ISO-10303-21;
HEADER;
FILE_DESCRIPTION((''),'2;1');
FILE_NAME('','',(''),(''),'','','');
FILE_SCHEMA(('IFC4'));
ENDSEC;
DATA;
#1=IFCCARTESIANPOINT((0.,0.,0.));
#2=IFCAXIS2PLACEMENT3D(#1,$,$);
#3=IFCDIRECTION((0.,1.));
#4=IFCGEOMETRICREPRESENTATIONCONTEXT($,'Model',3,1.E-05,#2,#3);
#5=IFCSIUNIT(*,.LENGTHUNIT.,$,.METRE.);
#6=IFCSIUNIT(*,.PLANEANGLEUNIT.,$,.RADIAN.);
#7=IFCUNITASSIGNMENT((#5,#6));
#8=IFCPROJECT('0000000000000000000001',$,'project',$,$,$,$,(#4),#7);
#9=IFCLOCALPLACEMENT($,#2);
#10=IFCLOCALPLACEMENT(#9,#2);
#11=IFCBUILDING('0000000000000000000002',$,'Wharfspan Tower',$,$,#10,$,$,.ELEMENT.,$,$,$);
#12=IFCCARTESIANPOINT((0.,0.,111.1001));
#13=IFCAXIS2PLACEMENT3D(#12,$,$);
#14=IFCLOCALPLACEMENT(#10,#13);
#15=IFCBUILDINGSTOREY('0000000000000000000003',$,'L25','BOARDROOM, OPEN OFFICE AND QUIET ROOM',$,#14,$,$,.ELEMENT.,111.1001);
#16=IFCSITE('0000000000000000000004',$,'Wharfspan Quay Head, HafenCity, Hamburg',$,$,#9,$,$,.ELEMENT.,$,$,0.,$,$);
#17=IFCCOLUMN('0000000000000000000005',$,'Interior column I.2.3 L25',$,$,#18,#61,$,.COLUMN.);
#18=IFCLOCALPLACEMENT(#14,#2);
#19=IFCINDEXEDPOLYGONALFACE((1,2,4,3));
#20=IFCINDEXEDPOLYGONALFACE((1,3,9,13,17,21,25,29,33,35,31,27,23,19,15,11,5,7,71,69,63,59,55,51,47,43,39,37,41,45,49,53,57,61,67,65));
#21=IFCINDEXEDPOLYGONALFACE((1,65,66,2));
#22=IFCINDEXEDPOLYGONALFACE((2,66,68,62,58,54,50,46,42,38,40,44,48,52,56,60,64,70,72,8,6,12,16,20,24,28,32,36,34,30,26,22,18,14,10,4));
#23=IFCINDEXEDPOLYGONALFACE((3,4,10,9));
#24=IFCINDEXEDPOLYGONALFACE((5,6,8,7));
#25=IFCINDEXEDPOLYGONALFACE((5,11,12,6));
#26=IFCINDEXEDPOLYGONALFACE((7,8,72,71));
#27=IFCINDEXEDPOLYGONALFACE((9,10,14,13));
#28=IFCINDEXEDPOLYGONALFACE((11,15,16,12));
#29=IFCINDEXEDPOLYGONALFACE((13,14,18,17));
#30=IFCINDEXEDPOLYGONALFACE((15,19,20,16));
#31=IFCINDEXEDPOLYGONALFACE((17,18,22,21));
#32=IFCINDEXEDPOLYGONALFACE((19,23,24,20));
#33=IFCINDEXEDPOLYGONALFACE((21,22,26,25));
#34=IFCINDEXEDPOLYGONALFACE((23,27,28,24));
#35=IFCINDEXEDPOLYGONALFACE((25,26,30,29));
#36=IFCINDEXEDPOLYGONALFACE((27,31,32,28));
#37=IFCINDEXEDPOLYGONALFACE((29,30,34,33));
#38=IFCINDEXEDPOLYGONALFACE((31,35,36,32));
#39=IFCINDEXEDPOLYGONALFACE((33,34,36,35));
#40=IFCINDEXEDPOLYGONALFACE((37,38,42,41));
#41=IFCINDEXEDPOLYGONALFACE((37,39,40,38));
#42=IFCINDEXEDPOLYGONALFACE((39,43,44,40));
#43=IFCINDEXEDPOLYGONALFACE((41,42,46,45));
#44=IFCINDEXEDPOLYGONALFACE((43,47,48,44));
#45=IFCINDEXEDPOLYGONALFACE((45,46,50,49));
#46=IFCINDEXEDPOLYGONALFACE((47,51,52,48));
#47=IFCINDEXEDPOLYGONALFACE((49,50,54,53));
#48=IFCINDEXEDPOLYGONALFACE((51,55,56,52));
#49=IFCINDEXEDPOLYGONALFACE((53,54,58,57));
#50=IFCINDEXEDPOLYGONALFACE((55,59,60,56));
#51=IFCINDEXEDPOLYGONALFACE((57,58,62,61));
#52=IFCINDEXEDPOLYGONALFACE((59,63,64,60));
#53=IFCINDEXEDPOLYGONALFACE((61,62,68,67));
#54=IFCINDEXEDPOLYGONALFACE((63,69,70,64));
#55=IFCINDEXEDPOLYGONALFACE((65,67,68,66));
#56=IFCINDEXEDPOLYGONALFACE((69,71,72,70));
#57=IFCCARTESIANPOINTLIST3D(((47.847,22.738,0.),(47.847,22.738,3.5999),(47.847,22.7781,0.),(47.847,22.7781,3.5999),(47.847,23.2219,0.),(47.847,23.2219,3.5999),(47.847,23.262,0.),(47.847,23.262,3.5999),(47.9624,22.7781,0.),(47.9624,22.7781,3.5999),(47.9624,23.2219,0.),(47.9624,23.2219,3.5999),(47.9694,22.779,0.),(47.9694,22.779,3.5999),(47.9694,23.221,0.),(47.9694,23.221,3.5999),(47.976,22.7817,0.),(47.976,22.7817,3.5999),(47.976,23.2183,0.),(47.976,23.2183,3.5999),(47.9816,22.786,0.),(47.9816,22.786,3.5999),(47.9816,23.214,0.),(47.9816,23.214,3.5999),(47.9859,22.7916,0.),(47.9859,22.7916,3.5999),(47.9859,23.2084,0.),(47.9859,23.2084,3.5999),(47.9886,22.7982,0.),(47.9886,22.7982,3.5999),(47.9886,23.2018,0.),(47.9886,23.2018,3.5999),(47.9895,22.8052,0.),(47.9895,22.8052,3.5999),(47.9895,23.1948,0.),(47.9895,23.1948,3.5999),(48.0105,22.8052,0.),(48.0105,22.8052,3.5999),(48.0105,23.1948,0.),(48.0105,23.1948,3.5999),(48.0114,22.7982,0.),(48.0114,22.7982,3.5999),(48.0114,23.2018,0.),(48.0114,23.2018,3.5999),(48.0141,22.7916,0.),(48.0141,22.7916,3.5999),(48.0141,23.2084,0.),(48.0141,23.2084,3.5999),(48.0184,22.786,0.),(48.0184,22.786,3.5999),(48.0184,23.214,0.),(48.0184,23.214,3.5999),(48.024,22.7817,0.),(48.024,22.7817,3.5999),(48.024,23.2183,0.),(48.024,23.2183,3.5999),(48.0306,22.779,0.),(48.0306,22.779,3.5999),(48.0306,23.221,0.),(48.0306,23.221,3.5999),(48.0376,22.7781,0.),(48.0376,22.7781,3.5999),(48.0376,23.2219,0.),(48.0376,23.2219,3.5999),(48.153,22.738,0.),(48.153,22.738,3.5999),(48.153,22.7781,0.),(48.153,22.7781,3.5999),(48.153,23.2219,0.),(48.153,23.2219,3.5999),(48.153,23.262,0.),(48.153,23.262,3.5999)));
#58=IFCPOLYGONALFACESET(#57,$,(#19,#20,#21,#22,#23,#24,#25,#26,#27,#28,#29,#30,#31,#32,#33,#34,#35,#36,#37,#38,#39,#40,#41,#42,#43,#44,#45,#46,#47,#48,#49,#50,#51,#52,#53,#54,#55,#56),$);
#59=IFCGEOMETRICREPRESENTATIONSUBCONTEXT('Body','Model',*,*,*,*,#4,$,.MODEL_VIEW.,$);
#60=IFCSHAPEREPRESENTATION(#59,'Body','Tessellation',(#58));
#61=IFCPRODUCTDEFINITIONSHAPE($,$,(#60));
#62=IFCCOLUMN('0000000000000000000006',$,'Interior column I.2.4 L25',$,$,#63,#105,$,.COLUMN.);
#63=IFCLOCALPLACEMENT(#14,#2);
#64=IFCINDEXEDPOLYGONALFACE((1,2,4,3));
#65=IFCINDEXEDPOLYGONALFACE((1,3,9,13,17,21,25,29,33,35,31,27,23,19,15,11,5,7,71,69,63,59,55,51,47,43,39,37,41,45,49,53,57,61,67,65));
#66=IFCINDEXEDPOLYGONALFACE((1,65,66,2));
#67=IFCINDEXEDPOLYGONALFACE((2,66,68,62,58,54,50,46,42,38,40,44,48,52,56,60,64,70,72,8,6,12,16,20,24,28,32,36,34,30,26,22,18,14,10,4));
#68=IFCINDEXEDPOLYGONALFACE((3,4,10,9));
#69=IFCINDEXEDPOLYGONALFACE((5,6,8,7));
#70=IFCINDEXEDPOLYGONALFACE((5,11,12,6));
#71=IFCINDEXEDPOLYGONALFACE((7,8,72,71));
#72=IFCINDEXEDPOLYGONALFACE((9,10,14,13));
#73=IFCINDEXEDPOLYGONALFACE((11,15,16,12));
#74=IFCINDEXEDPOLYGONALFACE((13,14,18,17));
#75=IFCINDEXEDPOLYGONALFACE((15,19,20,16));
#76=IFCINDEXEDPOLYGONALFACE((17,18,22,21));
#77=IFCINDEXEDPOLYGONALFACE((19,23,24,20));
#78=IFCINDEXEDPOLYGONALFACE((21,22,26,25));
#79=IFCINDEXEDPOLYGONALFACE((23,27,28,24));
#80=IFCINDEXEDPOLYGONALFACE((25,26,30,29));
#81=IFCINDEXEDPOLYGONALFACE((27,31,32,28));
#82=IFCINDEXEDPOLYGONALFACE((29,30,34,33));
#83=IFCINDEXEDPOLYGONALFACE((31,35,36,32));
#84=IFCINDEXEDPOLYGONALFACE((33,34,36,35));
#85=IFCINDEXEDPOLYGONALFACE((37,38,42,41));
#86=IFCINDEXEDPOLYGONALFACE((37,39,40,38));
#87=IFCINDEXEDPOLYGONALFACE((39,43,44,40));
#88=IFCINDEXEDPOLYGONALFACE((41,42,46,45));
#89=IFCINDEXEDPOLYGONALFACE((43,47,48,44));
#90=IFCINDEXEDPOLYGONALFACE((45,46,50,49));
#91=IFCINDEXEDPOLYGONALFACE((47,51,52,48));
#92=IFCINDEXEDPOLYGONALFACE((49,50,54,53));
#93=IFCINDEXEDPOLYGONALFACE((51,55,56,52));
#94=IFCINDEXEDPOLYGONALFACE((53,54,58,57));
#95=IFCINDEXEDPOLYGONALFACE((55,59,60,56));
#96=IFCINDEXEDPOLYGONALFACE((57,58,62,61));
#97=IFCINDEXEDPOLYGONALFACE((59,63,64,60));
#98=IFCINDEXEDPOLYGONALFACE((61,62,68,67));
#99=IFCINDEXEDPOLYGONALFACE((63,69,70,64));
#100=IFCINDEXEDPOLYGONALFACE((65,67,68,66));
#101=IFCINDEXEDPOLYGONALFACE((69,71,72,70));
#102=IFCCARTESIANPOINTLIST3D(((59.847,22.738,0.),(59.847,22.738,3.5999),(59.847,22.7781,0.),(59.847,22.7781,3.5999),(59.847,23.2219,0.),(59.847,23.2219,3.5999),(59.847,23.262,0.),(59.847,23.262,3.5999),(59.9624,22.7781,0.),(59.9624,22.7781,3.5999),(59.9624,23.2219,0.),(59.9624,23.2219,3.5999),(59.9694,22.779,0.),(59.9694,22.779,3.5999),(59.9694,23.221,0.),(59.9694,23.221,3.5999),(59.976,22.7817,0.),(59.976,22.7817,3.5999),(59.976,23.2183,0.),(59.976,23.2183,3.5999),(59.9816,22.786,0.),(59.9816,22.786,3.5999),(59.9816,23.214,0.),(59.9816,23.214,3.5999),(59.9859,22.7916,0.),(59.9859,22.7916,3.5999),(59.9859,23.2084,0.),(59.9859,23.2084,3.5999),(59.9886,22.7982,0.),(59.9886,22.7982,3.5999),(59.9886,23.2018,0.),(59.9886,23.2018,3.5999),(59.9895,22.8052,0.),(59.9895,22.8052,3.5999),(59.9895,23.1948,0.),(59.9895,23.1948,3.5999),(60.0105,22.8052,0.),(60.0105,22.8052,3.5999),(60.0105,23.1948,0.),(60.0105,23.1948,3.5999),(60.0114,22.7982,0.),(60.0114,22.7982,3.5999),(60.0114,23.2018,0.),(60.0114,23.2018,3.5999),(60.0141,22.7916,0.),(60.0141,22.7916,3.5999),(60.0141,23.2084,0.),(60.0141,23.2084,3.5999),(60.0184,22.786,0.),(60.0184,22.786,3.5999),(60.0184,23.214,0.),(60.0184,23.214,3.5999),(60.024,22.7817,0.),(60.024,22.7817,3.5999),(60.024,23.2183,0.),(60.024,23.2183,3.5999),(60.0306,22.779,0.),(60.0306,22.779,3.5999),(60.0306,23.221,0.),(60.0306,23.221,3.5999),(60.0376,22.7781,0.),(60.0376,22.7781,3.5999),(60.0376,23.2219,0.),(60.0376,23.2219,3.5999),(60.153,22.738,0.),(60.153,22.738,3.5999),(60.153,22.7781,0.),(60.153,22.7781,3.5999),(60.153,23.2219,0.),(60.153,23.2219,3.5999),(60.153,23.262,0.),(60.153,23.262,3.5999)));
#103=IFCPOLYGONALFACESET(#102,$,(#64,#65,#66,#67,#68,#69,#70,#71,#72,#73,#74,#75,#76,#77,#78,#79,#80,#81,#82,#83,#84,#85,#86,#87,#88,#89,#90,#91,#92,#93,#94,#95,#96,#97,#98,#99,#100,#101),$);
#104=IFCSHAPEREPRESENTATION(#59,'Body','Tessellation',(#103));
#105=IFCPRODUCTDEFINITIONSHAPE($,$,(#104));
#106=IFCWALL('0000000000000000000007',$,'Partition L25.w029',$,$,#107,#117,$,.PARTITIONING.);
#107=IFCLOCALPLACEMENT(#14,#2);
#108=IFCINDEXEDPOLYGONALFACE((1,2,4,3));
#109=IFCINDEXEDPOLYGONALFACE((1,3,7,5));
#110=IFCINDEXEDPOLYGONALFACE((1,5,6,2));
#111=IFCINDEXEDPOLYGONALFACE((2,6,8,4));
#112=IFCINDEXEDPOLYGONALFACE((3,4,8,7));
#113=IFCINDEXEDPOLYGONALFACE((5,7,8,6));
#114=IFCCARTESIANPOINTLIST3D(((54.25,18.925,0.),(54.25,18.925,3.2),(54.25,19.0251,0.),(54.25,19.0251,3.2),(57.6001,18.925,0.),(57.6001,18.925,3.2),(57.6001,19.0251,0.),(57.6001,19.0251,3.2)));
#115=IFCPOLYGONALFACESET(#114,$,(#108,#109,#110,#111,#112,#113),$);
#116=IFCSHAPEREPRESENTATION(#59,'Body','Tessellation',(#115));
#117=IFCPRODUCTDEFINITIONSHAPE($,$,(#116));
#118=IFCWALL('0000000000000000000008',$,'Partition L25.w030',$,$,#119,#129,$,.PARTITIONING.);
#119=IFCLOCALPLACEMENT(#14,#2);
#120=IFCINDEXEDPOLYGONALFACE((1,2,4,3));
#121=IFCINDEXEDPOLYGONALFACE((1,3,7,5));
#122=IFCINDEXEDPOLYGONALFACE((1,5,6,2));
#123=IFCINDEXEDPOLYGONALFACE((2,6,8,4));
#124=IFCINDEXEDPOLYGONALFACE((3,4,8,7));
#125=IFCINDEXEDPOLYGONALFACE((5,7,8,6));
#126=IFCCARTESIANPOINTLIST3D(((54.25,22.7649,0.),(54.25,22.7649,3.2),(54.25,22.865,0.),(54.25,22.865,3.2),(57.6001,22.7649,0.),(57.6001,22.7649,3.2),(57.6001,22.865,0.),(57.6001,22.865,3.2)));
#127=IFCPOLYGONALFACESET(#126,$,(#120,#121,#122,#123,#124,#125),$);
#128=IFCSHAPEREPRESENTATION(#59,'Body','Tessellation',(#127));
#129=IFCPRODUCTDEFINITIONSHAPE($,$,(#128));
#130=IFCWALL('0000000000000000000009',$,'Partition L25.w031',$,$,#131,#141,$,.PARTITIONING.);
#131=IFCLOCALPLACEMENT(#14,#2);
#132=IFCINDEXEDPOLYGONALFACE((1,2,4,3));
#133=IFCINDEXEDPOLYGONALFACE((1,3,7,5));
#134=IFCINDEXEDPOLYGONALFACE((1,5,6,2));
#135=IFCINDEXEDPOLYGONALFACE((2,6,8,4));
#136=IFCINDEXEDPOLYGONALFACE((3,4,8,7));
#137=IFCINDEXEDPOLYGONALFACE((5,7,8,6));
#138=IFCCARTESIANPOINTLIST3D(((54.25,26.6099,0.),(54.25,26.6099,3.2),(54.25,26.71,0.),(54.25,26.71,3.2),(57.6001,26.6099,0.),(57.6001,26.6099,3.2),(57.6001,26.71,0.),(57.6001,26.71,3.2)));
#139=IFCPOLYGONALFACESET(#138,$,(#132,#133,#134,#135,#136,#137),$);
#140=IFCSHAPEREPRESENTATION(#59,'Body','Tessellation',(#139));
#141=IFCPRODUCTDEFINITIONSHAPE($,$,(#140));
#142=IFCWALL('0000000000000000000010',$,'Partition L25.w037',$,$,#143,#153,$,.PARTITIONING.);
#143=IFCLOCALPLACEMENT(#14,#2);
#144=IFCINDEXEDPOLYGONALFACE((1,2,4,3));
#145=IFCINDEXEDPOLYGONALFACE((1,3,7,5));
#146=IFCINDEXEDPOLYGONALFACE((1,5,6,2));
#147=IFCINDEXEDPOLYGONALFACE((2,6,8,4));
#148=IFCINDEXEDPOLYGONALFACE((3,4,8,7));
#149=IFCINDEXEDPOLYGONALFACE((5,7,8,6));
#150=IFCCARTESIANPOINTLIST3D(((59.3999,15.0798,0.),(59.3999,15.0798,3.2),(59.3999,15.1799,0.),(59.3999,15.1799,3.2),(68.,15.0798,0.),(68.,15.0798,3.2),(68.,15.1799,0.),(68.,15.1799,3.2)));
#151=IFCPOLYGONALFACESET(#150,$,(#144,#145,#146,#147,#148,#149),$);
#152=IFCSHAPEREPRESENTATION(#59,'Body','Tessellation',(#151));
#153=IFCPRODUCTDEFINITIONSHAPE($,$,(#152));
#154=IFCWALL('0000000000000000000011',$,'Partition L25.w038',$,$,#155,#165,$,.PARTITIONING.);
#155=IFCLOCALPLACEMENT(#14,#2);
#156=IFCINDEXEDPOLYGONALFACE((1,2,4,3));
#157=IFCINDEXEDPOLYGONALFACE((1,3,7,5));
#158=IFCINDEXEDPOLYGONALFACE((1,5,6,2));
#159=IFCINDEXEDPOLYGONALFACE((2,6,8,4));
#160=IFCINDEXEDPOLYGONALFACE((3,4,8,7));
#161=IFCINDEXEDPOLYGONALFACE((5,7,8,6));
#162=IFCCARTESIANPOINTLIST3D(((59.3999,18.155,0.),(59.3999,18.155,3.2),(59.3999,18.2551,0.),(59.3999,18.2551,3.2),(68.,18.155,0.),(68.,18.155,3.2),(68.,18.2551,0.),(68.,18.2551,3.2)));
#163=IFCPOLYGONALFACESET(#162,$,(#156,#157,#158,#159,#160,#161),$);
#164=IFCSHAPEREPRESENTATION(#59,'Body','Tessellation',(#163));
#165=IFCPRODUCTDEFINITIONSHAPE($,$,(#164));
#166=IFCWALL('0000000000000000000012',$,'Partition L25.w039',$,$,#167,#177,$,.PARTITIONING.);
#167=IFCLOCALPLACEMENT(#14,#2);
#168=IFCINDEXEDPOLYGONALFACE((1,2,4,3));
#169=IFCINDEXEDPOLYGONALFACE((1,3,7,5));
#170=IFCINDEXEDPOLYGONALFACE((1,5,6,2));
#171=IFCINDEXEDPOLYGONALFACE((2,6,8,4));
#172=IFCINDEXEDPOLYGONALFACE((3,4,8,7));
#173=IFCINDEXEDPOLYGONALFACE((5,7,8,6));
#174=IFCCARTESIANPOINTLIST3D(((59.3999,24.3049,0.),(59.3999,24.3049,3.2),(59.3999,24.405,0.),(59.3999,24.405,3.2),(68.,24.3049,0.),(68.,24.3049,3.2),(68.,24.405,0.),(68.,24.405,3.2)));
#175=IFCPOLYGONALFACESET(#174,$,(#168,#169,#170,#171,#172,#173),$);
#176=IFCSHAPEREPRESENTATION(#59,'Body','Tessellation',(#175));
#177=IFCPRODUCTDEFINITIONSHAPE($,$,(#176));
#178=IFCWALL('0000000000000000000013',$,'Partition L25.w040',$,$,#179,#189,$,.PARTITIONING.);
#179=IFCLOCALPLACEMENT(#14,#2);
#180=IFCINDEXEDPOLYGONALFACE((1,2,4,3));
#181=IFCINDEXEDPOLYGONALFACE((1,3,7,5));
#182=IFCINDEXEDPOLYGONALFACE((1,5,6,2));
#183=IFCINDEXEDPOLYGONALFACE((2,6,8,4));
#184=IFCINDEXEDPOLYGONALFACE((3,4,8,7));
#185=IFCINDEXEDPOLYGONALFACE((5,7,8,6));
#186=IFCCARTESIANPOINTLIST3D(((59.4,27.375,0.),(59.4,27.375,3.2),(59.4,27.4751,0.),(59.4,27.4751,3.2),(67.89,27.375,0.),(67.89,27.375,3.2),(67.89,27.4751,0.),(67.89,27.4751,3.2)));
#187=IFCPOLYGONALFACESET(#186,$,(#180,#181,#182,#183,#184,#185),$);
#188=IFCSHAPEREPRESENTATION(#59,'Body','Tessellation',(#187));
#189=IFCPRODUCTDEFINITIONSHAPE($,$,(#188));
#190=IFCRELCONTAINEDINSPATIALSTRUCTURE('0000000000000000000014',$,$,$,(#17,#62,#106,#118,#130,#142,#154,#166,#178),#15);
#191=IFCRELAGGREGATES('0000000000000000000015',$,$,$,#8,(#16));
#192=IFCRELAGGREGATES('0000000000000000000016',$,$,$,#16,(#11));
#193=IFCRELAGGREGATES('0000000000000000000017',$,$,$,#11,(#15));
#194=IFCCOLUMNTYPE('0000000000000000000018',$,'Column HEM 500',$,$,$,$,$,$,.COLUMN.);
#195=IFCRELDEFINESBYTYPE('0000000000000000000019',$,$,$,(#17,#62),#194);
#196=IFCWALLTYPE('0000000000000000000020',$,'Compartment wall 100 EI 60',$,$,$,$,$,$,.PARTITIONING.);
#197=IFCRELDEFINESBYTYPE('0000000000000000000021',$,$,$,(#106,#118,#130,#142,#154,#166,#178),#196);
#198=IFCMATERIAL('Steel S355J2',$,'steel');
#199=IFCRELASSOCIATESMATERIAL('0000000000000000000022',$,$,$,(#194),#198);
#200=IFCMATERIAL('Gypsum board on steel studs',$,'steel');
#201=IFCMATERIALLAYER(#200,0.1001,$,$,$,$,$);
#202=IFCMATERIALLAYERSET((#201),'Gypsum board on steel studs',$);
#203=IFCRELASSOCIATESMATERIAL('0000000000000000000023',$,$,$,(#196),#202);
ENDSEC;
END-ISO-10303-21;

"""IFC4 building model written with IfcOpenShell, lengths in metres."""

from ifc_helpers import new_model, si_unit, direction, frame, frame_2d, origin, origin_2d, place, context, subcontext, project, spatial, rectangle, i_section, extrude, material, layer, layer_set, material_profile, profile_set, type_object, element, save


model = new_model("IFC4")

# Units and contexts
model_context = context("Model", 3, precision=1e-05, world=origin(), true_north=direction((0.0, 1.0)))
body_context = subcontext(model_context, "Body", "Model", "MODEL_VIEW")
ifc_project = project(units=[si_unit("LENGTHUNIT", "METRE"), si_unit("PLANEANGLEUNIT", "RADIAN")], contexts=[model_context])

# Site, building, storey
site_placement = place(None, origin())
site = spatial("IfcSite", under=ifc_project, at=site_placement, Name="Wharfspan Quay Head, HafenCity, Hamburg", CompositionType="ELEMENT", RefElevation=0.0)
building_placement = place(site_placement, origin())
building = spatial("IfcBuilding", under=site, at=building_placement, Name="Wharfspan Tower", CompositionType="ELEMENT")
storey_placement = place(building_placement, frame((0.0, 0.0, 111.1001)))
storey = spatial("IfcBuildingStorey", under=building, at=storey_placement, Name="L25", Description="BOARDROOM, OPEN OFFICE AND QUIET ROOM", CompositionType="ELEMENT", Elevation=111.1001)

# Columns
ifc_material_1 = material(Name="Steel S355J2", Category="steel")
ifc_material_profile = material_profile(ifc_material_1, i_section(OverallWidth=0.3059, OverallDepth=0.5239, WebThickness=0.021, FlangeThickness=0.04, FilletRadius=0.0271, at=origin_2d()))
ifc_profile_set = profile_set([ifc_material_profile], Name="Steel S355J2")
column_type = type_object("IfcColumnType", Name="Column HEM 500", PredefinedType="COLUMN", material=ifc_profile_set)
for number, where, z_axis, x_axis, name in (
    (1, (48.0, 23.0, 0.0), (0.0, 0.0, 1.0), (1.0, 0.0, 0.0), "Interior column I.2.3 L25"),
    (2, (60.0, 23.0, 0.0), (0.0, 0.0, 1.0), (1.0, 0.0, 0.0), "Interior column I.2.4 L25"),
):
    element("IfcColumn", number, at=place(storey_placement, frame(where, z_axis=z_axis, x_axis=x_axis)), inside=storey, type_object=column_type, Name=name, PredefinedType="COLUMN", context=body_context, shape_type="SweptSolid", body=[
        extrude(i_section(OverallWidth=0.3059, OverallDepth=0.5239, WebThickness=0.021, FlangeThickness=0.04, FilletRadius=0.0271, at=origin_2d()), origin(), (0.0, 0.0, 1.0), 3.5999),
    ])

# Walls
ifc_material_2 = material(Name="Gypsum board on steel studs", Category="steel")
ifc_layer_1 = layer(ifc_material_2, 0.1001)
ifc_layer_set_1 = layer_set([ifc_layer_1], Name="Gypsum board on steel studs")
wall_type_1 = type_object("IfcWallType", Name="Compartment wall 100 EI 60", PredefinedType="PARTITIONING", material=ifc_layer_set_1)
for number, where, z_axis, x_axis, name in (
    (3, (54.25, 18.9751, 0.0), (0.0, 0.0, 1.0), (1.0, 0.0, 0.0), "Partition L25.w029"),
    (4, (54.25, 22.8149, 0.0), (0.0, 0.0, 1.0), (1.0, 0.0, 0.0), "Partition L25.w030"),
    (5, (54.25, 26.6599, 0.0), (0.0, 0.0, 1.0), (1.0, 0.0, 0.0), "Partition L25.w031"),
):
    element("IfcWall", number, at=place(storey_placement, frame(where, z_axis=z_axis, x_axis=x_axis)), inside=storey, type_object=wall_type_1, Name=name, PredefinedType="PARTITIONING", context=body_context, shape_type="SweptSolid", body=[
        extrude(rectangle(XDim=3.3501, YDim=0.1001, at=frame_2d((1.675, 0.0))), origin(), (0.0, 0.0, 1.0), 3.2),
    ])
for number, where, z_axis, x_axis, name in (
    (6, (59.3999, 15.1299, 0.0), (0.0, 0.0, 1.0), (1.0, 0.0, 0.0), "Partition L25.w037"),
    (7, (59.3999, 18.2051, 0.0), (0.0, 0.0, 1.0), (1.0, 0.0, 0.0), "Partition L25.w038"),
    (8, (59.3999, 24.355, 0.0), (0.0, 0.0, 1.0), (1.0, 0.0, 0.0), "Partition L25.w039"),
):
    element("IfcWall", number, at=place(storey_placement, frame(where, z_axis=z_axis, x_axis=x_axis)), inside=storey, type_object=wall_type_1, Name=name, PredefinedType="PARTITIONING", context=body_context, shape_type="SweptSolid", body=[
        extrude(rectangle(XDim=8.6001, YDim=0.1001, at=frame_2d((4.3, 0.0))), origin(), (0.0, 0.0, 1.0), 3.2),
    ])
wall_1_placement = place(storey_placement, frame((59.3999, 27.425, 0.0), z_axis=(0.0, 0.0, 1.0), x_axis=(1.0, 0.0, 0.0)))
element("IfcWall", 9, at=wall_1_placement, inside=storey, type_object=wall_type_1, Name="Partition L25.w040", PredefinedType="PARTITIONING", context=body_context, shape_type="SweptSolid", body=[
    extrude(rectangle(XDim=8.49, YDim=0.1001, at=frame_2d((4.2451, 0.0))), origin(), (0.0, 0.0, 1.0), 3.2),
])

save(model, "model.ifc")
